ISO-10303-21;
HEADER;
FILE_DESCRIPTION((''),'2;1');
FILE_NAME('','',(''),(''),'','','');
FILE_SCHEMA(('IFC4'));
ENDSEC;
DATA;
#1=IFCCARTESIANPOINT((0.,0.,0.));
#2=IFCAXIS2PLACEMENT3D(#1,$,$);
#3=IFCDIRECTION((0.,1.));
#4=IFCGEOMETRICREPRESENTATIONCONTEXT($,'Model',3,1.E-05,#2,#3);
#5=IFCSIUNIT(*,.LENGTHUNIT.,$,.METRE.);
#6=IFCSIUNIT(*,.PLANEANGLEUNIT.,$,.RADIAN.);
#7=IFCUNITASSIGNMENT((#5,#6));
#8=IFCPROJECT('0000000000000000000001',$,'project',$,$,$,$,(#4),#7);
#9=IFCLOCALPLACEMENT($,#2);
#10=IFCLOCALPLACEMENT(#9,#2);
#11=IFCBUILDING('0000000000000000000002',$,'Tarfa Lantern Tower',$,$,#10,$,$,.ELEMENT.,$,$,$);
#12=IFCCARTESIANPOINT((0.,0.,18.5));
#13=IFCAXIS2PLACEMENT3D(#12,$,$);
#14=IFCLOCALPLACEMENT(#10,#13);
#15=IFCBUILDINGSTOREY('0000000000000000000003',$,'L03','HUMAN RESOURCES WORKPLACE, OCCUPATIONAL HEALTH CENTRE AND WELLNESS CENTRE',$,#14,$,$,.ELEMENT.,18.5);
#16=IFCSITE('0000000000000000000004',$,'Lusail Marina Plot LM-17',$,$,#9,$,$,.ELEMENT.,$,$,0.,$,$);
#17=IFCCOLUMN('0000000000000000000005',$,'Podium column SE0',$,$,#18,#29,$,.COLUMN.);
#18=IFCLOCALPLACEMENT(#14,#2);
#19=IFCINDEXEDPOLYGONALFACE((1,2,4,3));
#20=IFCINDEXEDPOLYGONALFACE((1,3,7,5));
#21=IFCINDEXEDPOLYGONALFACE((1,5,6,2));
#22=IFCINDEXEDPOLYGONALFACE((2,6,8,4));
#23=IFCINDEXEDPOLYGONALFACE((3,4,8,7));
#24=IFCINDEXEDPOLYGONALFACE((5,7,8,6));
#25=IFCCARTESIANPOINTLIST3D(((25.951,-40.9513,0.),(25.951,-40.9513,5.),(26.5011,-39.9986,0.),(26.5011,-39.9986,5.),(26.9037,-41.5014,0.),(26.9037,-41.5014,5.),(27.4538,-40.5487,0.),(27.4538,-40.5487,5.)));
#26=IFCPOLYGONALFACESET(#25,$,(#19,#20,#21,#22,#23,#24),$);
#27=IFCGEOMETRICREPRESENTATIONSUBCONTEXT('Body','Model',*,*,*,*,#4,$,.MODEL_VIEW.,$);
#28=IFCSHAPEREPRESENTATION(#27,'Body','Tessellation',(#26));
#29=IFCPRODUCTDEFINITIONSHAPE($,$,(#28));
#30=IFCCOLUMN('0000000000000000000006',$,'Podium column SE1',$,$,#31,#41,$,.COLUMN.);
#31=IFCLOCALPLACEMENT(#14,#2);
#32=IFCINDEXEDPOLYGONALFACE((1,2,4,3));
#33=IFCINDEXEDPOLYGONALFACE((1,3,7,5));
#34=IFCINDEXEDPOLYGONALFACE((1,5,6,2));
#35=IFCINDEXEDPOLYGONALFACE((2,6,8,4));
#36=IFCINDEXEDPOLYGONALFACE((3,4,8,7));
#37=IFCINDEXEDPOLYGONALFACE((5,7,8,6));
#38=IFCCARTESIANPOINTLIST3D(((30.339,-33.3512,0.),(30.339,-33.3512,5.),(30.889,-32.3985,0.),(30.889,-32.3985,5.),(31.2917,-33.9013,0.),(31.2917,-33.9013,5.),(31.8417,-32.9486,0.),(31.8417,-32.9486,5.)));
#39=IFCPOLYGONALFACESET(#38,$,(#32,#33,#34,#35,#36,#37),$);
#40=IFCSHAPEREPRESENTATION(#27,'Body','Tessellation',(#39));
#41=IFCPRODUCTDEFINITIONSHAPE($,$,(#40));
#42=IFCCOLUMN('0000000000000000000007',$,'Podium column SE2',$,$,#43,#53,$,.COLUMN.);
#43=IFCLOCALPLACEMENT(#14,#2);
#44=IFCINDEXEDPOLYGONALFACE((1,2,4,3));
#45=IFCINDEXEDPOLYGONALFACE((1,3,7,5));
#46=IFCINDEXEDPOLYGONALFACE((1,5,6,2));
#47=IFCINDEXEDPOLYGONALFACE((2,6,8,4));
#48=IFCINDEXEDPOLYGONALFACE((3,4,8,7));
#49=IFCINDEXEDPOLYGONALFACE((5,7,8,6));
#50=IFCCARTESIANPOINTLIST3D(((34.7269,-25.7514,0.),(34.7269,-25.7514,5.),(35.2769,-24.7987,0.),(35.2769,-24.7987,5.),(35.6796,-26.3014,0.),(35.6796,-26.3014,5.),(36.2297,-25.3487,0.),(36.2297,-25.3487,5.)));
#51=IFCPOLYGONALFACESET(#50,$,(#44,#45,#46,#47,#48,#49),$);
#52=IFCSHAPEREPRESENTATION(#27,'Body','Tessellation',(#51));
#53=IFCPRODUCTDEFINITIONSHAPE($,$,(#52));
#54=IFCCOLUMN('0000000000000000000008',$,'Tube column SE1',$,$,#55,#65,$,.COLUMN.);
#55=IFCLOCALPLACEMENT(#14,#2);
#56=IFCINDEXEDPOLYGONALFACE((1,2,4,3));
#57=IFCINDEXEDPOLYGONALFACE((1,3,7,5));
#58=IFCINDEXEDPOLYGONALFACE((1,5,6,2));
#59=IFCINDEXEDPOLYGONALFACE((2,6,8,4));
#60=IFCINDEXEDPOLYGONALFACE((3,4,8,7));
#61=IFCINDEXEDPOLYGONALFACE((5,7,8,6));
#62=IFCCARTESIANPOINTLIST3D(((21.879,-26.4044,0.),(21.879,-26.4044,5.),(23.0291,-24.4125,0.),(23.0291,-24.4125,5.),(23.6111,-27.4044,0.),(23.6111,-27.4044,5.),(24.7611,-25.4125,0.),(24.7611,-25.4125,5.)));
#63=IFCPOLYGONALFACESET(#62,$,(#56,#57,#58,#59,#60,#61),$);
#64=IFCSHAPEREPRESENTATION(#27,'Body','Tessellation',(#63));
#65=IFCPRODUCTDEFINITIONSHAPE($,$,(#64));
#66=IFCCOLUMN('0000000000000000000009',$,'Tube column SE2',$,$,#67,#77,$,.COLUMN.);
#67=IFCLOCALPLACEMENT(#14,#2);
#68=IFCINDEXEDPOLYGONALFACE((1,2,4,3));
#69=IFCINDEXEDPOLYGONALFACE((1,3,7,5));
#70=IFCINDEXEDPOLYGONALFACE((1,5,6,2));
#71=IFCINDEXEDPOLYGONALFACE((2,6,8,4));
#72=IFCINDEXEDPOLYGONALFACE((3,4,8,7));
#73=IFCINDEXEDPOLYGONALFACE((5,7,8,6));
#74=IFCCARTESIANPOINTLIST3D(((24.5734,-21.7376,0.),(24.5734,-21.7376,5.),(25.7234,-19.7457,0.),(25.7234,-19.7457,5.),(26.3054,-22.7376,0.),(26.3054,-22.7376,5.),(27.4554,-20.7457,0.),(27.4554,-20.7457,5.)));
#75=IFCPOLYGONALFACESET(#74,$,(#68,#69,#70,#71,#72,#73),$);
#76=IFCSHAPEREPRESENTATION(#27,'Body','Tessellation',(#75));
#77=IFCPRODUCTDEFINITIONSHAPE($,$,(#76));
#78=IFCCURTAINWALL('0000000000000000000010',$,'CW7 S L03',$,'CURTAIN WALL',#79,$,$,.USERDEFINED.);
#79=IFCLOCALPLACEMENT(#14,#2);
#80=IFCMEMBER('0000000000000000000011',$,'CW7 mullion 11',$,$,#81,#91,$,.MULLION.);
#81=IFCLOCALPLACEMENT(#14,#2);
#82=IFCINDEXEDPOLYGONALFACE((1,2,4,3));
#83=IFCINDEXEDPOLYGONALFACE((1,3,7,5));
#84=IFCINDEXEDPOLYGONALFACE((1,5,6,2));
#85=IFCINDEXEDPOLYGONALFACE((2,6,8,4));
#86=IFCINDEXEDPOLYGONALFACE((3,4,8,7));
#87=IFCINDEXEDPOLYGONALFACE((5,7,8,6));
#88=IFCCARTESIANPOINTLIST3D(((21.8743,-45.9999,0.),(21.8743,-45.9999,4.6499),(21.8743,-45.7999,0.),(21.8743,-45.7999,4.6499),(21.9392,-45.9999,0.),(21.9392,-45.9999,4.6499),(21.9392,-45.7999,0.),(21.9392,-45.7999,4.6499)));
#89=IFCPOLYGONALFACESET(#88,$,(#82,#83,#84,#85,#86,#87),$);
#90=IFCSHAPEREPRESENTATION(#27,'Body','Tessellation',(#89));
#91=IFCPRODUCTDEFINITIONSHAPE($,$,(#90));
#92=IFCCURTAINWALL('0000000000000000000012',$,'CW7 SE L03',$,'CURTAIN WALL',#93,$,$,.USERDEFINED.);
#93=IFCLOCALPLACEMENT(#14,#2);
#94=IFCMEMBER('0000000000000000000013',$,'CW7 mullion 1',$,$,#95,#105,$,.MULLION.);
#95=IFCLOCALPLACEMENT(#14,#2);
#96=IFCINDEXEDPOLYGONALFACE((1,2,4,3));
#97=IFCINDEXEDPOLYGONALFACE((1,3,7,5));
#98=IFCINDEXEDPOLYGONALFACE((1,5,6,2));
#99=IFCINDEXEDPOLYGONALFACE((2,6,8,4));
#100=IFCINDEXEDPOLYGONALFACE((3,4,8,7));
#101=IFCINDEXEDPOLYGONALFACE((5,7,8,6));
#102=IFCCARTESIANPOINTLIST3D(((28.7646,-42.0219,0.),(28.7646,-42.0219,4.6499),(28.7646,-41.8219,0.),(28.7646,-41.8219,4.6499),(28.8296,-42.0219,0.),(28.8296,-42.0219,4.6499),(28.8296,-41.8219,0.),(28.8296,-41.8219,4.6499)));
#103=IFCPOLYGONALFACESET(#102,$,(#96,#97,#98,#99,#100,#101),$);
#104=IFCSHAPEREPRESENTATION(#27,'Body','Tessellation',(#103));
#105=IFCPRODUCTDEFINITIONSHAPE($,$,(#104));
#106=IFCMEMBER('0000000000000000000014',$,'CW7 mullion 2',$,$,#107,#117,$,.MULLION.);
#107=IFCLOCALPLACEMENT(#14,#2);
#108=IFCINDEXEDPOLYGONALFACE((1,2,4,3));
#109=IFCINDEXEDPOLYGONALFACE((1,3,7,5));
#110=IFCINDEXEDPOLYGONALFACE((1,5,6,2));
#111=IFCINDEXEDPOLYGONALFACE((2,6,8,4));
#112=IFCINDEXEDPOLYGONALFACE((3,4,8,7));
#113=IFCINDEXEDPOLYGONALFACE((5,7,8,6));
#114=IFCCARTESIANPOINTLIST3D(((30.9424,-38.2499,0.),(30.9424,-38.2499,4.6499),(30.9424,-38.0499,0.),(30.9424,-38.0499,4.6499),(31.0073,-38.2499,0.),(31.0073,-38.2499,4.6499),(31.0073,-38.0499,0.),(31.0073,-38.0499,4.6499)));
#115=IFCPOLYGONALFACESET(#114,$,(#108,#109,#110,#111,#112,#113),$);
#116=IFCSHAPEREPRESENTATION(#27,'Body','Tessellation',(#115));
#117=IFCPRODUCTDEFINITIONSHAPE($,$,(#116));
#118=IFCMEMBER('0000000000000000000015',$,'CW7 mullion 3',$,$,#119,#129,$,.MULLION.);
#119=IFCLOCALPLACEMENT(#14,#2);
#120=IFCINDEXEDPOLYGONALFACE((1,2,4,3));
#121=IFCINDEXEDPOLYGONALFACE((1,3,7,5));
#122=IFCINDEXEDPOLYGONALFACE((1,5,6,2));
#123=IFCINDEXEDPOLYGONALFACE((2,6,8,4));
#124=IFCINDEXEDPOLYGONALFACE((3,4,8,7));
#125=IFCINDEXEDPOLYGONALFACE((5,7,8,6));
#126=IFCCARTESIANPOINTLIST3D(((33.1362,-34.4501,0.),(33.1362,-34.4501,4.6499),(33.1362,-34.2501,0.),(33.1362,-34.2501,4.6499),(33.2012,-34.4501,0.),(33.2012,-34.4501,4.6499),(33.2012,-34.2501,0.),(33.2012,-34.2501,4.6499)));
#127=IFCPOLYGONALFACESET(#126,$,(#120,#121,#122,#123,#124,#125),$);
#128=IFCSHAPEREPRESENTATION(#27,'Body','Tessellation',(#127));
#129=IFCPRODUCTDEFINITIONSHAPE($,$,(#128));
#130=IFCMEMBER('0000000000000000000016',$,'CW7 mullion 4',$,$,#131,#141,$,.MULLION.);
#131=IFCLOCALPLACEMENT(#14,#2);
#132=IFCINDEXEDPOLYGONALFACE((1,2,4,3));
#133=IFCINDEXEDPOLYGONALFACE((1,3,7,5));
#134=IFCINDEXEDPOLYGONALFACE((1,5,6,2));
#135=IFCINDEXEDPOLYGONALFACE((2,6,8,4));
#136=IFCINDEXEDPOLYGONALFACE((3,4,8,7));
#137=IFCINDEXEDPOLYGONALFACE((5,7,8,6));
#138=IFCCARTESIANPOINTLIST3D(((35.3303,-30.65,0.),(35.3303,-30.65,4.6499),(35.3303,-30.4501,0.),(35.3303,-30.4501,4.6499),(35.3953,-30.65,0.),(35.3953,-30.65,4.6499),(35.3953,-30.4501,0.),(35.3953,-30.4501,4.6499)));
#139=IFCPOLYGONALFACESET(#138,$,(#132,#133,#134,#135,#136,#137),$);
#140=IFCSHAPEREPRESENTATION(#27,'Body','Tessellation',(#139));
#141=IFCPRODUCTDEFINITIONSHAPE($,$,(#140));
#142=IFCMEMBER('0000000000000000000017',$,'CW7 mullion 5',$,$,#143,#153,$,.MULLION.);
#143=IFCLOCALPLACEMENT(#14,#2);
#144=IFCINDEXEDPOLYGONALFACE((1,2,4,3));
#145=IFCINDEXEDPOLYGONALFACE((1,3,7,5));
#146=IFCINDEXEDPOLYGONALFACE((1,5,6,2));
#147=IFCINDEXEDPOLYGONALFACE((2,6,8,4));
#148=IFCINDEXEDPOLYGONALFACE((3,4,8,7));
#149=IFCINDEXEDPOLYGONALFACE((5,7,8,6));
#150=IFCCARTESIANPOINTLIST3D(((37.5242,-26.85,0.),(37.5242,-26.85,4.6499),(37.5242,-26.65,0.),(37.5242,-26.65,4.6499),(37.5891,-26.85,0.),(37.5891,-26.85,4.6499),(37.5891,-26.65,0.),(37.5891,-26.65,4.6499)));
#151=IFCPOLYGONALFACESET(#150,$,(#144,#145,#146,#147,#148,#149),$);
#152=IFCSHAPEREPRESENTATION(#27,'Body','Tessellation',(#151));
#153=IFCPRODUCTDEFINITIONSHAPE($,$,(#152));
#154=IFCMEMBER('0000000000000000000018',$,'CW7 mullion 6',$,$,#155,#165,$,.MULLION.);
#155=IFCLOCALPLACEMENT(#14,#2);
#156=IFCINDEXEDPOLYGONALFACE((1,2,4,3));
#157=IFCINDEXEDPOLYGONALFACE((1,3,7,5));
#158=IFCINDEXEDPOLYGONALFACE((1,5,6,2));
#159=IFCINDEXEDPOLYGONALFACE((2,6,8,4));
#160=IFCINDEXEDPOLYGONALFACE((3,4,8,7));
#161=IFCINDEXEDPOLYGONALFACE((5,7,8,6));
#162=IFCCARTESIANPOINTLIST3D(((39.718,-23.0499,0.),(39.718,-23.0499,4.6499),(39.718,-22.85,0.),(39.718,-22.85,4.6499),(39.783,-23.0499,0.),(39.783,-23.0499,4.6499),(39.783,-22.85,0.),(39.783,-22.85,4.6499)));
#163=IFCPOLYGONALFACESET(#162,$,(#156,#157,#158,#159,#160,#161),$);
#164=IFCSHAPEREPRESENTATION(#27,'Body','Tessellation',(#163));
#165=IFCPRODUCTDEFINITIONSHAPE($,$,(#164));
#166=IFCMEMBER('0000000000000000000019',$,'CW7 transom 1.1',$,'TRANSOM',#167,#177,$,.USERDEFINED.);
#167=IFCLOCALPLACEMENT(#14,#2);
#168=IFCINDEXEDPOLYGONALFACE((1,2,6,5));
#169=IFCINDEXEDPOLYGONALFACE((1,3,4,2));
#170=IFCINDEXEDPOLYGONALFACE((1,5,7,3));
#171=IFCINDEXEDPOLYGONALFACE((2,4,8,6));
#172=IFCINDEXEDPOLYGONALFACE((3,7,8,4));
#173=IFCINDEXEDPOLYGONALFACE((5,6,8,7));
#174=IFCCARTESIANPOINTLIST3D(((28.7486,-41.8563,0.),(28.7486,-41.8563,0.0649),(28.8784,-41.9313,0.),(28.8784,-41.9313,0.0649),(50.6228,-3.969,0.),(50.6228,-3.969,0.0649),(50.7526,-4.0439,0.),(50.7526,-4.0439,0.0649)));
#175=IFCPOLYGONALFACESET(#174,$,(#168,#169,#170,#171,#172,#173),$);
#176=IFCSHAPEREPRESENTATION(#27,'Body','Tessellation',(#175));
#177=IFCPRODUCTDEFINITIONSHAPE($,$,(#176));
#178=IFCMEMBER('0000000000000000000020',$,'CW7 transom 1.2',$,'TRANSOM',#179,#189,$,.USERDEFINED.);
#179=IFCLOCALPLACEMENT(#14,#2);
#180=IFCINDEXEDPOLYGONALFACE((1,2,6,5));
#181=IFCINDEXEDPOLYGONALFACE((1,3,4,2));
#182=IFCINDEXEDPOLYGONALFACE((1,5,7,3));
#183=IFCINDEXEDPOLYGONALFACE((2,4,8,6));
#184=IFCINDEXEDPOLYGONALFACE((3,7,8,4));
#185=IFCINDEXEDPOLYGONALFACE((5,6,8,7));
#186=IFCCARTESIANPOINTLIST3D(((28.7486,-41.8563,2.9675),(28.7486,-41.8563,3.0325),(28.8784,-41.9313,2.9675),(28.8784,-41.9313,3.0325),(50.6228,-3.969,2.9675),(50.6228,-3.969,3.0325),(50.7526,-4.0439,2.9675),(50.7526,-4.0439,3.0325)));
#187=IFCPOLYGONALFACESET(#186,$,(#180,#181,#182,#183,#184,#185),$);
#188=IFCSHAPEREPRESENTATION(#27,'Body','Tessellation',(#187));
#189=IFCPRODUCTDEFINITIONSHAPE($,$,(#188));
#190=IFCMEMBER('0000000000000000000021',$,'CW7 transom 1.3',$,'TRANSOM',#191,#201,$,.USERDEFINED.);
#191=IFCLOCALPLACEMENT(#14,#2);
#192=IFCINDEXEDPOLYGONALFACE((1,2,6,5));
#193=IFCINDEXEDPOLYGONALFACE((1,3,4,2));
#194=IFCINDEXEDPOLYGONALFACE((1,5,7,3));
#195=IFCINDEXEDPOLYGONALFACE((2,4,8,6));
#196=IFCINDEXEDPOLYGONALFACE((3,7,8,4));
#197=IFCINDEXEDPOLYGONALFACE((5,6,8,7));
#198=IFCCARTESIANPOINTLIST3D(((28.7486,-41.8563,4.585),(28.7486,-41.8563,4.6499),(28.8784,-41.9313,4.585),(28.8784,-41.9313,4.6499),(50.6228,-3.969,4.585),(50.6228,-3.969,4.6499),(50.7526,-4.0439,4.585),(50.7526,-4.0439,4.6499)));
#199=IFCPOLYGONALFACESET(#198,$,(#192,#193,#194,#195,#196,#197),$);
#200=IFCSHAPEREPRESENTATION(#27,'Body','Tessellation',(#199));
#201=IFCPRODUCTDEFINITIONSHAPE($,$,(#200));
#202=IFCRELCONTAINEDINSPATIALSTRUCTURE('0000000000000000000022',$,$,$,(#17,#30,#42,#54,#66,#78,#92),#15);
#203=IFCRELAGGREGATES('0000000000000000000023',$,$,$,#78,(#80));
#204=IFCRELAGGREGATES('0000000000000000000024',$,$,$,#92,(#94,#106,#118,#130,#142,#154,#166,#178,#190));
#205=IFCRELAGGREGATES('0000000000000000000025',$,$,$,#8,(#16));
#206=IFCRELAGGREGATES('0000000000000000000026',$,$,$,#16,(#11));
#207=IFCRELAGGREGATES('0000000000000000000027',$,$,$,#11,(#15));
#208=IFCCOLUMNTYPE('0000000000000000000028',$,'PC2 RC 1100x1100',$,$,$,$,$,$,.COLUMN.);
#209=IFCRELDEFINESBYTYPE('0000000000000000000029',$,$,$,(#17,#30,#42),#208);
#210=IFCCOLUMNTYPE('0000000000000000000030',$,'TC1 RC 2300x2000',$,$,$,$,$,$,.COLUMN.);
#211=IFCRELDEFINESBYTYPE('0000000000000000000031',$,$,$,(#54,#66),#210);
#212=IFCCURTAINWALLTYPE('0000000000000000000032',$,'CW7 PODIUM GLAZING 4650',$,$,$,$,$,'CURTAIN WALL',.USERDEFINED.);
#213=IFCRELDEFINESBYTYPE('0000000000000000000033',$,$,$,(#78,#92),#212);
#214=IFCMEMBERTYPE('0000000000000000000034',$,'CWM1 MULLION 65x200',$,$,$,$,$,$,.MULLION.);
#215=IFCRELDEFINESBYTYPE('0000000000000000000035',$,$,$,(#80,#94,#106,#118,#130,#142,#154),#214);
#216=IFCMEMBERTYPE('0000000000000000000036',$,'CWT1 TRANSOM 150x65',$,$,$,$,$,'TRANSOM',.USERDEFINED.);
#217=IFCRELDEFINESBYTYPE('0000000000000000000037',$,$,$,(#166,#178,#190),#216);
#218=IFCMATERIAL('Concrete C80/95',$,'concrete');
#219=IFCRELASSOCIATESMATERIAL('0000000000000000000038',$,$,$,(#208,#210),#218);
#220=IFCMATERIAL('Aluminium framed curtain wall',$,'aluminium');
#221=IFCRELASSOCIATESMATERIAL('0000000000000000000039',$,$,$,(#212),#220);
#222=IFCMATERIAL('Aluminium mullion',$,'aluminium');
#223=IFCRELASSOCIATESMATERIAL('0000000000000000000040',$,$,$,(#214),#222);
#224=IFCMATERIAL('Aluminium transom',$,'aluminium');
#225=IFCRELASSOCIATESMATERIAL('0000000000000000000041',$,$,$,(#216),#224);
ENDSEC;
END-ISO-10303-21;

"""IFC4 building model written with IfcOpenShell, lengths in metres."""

from ifc_helpers import new_model, si_unit, direction, frame, origin, origin_2d, place, context, subcontext, project, spatial, rectangle, extrude, material, material_profile, profile_set, type_object, element, aggregate, save


model = new_model("IFC4")

# Units and contexts
model_context = context("Model", 3, precision=1e-05, world=origin(), true_north=direction((0.0, 1.0)))
body_context = subcontext(model_context, "Body", "Model", "MODEL_VIEW")
ifc_project = project(units=[si_unit("LENGTHUNIT", "METRE"), si_unit("PLANEANGLEUNIT", "RADIAN")], contexts=[model_context])

# Site, building, storey
site_placement = place(None, origin())
site = spatial("IfcSite", under=ifc_project, at=site_placement, Name="Lusail Marina Plot LM-17", CompositionType="ELEMENT", RefElevation=0.0)
building_placement = place(site_placement, origin())
building = spatial("IfcBuilding", under=site, at=building_placement, Name="Tarfa Lantern Tower", CompositionType="ELEMENT")
storey_placement = place(building_placement, frame((0.0, 0.0, 18.5)))
storey = spatial("IfcBuildingStorey", under=building, at=storey_placement, Name="L03", Description="HUMAN RESOURCES WORKPLACE, OCCUPATIONAL HEALTH CENTRE AND WELLNESS CENTRE", CompositionType="ELEMENT", Elevation=18.5)

# Columns
ifc_material_1 = material(Name="Concrete C80/95", Category="concrete")
ifc_material_profile_1 = material_profile(ifc_material_1, rectangle(XDim=1.1001, YDim=1.1001, at=origin_2d()), Name="RC 1100x1100")
ifc_profile_set_1 = profile_set([ifc_material_profile_1], Name="Concrete C80/95")
column_type_1 = type_object("IfcColumnType", Name="PC2 RC 1100x1100", PredefinedType="COLUMN", material=ifc_profile_set_1)
for number, where, z_axis, x_axis, name in (
    (1, (26.7024, -40.75, 0.0), (0.0, 0.0, 1.0), (0.5, 0.866025, 0.0), "Podium column SE0"),
    (2, (31.0903, -33.1499, 0.0), (0.0, 0.0, 1.0), (0.5, 0.866025, 0.0), "Podium column SE1"),
    (3, (35.4783, -25.55, 0.0), (0.0, 0.0, 1.0), (0.5, 0.866025, 0.0), "Podium column SE2"),
):
    element("IfcColumn", number, at=place(storey_placement, frame(where, z_axis=z_axis, x_axis=x_axis)), inside=storey, type_object=column_type_1, Name=name, PredefinedType="COLUMN", context=body_context, shape_type="SweptSolid", body=[
        extrude(rectangle(XDim=1.1001, YDim=1.1001, at=origin_2d()), origin(), (0.0, 0.0, 1.0), 5.0),
    ])
ifc_material_profile_2 = material_profile(ifc_material_1, rectangle(XDim=2.3, YDim=2.0, at=origin_2d()), Name="RC 2300x2000")
ifc_profile_set_2 = profile_set([ifc_material_profile_2], Name="Concrete C80/95")
column_type_2 = type_object("IfcColumnType", Name="TC1 RC 2300x2000", PredefinedType="COLUMN", material=ifc_profile_set_2)
for number, where, z_axis, x_axis, name in (
    (4, (23.3201, -25.9084, 0.0), (0.0, 0.0, 1.0), (0.5, 0.866025, 0.0), "Tube column SE1"),
    (5, (26.0144, -21.2417, 0.0), (0.0, 0.0, 1.0), (0.5, 0.866025, 0.0), "Tube column SE2"),
):
    element("IfcColumn", number, at=place(storey_placement, frame(where, z_axis=z_axis, x_axis=x_axis)), inside=storey, type_object=column_type_2, Name=name, PredefinedType="COLUMN", context=body_context, shape_type="SweptSolid", body=[
        extrude(rectangle(XDim=2.3, YDim=2.0, at=origin_2d()), origin(), (0.0, 0.0, 1.0), 5.0),
    ])

# Curtain wall, member
ifc_material_2 = material(Name="Aluminium framed curtain wall", Category="aluminium")
curtain_wall_type = type_object("IfcCurtainWallType", Name="CW7 PODIUM GLAZING 4650", ElementType="CURTAIN WALL", PredefinedType="USERDEFINED", material=ifc_material_2)
curtain_wall_1_placement = place(storey_placement, origin())
curtain_wall_1 = element("IfcCurtainWall", 6, at=curtain_wall_1_placement, inside=storey, type_object=curtain_wall_type, Name="CW7 S L03", ObjectType="CURTAIN WALL", PredefinedType="USERDEFINED")
ifc_material_3 = material(Name="Aluminium mullion", Category="aluminium")
ifc_material_profile_3 = material_profile(ifc_material_3, rectangle(XDim=0.0649, YDim=0.2, at=origin_2d()), Name="AL MULLION 65x200")
ifc_profile_set_3 = profile_set([ifc_material_profile_3], Name="Aluminium mullion")
member_type_1 = type_object("IfcMemberType", Name="CWM1 MULLION 65x200", PredefinedType="MULLION", material=ifc_profile_set_3)
member_1_placement = place(storey_placement, frame((21.9067, -45.8999, 0.0), z_axis=(0.0, 0.0, 1.0), x_axis=(1.0, 0.0, 0.0)))
member_1 = element("IfcMember", 7, at=member_1_placement, type_object=member_type_1, Name="CW7 mullion 11", PredefinedType="MULLION", context=body_context, shape_type="SweptSolid", body=[
    extrude(rectangle(XDim=0.0649, YDim=0.2, at=origin_2d()), origin(), (0.0, 0.0, 1.0), 4.6499),
])
aggregate(curtain_wall_1, [member_1])

# Curtain wall, members
curtain_wall_2_placement = place(storey_placement, origin())
curtain_wall_2 = element("IfcCurtainWall", 8, at=curtain_wall_2_placement, inside=storey, type_object=curtain_wall_type, Name="CW7 SE L03", ObjectType="CURTAIN WALL", PredefinedType="USERDEFINED")
member_2_placement = place(storey_placement, frame((28.7971, -41.9219, 0.0), z_axis=(0.0, 0.0, 1.0), x_axis=(1.0, 0.0, 0.0)))
member_2 = element("IfcMember", 9, at=member_2_placement, type_object=member_type_1, Name="CW7 mullion 1", PredefinedType="MULLION", context=body_context, shape_type="SweptSolid", body=[
    extrude(rectangle(XDim=0.0649, YDim=0.2, at=origin_2d()), origin(), (0.0, 0.0, 1.0), 4.6499),
])
member_3_placement = place(storey_placement, frame((30.9749, -38.1499, 0.0), z_axis=(0.0, 0.0, 1.0), x_axis=(1.0, 0.0, 0.0)))
member_3 = element("IfcMember", 10, at=member_3_placement, type_object=member_type_1, Name="CW7 mullion 2", PredefinedType="MULLION", context=body_context, shape_type="SweptSolid", body=[
    extrude(rectangle(XDim=0.0649, YDim=0.2, at=origin_2d()), origin(), (0.0, 0.0, 1.0), 4.6499),
])
member_4_placement = place(storey_placement, frame((33.1687, -34.3501, 0.0), z_axis=(0.0, 0.0, 1.0), x_axis=(1.0, 0.0, 0.0)))
member_4 = element("IfcMember", 11, at=member_4_placement, type_object=member_type_1, Name="CW7 mullion 3", PredefinedType="MULLION", context=body_context, shape_type="SweptSolid", body=[
    extrude(rectangle(XDim=0.0649, YDim=0.2, at=origin_2d()), origin(), (0.0, 0.0, 1.0), 4.6499),
])
member_5_placement = place(storey_placement, frame((35.3628, -30.55, 0.0), z_axis=(0.0, 0.0, 1.0), x_axis=(1.0, 0.0, 0.0)))
member_5 = element("IfcMember", 12, at=member_5_placement, type_object=member_type_1, Name="CW7 mullion 4", PredefinedType="MULLION", context=body_context, shape_type="SweptSolid", body=[
    extrude(rectangle(XDim=0.0649, YDim=0.2, at=origin_2d()), origin(), (0.0, 0.0, 1.0), 4.6499),
])
member_6_placement = place(storey_placement, frame((37.5566, -26.75, 0.0), z_axis=(0.0, 0.0, 1.0), x_axis=(1.0, 0.0, 0.0)))
member_6 = element("IfcMember", 13, at=member_6_placement, type_object=member_type_1, Name="CW7 mullion 5", PredefinedType="MULLION", context=body_context, shape_type="SweptSolid", body=[
    extrude(rectangle(XDim=0.0649, YDim=0.2, at=origin_2d()), origin(), (0.0, 0.0, 1.0), 4.6499),
])
member_7_placement = place(storey_placement, frame((39.7505, -22.95, 0.0), z_axis=(0.0, 0.0, 1.0), x_axis=(1.0, 0.0, 0.0)))
member_7 = element("IfcMember", 14, at=member_7_placement, type_object=member_type_1, Name="CW7 mullion 6", PredefinedType="MULLION", context=body_context, shape_type="SweptSolid", body=[
    extrude(rectangle(XDim=0.0649, YDim=0.2, at=origin_2d()), origin(), (0.0, 0.0, 1.0), 4.6499),
])
ifc_material_4 = material(Name="Aluminium transom", Category="aluminium")
ifc_material_profile_4 = material_profile(ifc_material_4, rectangle(XDim=0.1499, YDim=0.0649, at=origin_2d()), Name="AL TRANSOM 150x65")
ifc_profile_set_4 = profile_set([ifc_material_profile_4], Name="Aluminium transom")
member_type_2 = type_object("IfcMemberType", Name="CWT1 TRANSOM 150x65", ElementType="TRANSOM", PredefinedType="USERDEFINED", material=ifc_profile_set_4)
member_8_placement = place(storey_placement, frame((28.8135, -41.8938, 0.0325), z_axis=(0.499999, 0.866026, 0.0), x_axis=(-0.866026, 0.499999, 0.0)))
member_8 = element("IfcMember", 15, at=member_8_placement, type_object=member_type_2, Name="CW7 transom 1.1", ObjectType="TRANSOM", PredefinedType="USERDEFINED", context=body_context, shape_type="SweptSolid", body=[
    extrude(rectangle(XDim=0.1499, YDim=0.0649, at=origin_2d()), origin(), (0.0, 0.0, 1.0), 43.7485),
])
member_9_placement = place(storey_placement, frame((28.8135, -41.8938, 3.0), z_axis=(0.499999, 0.866026, 0.0), x_axis=(-0.866026, 0.499999, 0.0)))
member_9 = element("IfcMember", 16, at=member_9_placement, type_object=member_type_2, Name="CW7 transom 1.2", ObjectType="TRANSOM", PredefinedType="USERDEFINED", context=body_context, shape_type="SweptSolid", body=[
    extrude(rectangle(XDim=0.1499, YDim=0.0649, at=origin_2d()), origin(), (0.0, 0.0, 1.0), 43.7485),
])
member_10_placement = place(storey_placement, frame((28.8135, -41.8938, 4.6174), z_axis=(0.499999, 0.866026, 0.0), x_axis=(-0.866026, 0.499999, 0.0)))
member_10 = element("IfcMember", 17, at=member_10_placement, type_object=member_type_2, Name="CW7 transom 1.3", ObjectType="TRANSOM", PredefinedType="USERDEFINED", context=body_context, shape_type="SweptSolid", body=[
    extrude(rectangle(XDim=0.1499, YDim=0.0649, at=origin_2d()), origin(), (0.0, 0.0, 1.0), 43.7485),
])

aggregate(curtain_wall_2, [member_2, member_3, member_4, member_5, member_6, member_7, member_8, member_9, member_10])

save(model, "model.ifc")
